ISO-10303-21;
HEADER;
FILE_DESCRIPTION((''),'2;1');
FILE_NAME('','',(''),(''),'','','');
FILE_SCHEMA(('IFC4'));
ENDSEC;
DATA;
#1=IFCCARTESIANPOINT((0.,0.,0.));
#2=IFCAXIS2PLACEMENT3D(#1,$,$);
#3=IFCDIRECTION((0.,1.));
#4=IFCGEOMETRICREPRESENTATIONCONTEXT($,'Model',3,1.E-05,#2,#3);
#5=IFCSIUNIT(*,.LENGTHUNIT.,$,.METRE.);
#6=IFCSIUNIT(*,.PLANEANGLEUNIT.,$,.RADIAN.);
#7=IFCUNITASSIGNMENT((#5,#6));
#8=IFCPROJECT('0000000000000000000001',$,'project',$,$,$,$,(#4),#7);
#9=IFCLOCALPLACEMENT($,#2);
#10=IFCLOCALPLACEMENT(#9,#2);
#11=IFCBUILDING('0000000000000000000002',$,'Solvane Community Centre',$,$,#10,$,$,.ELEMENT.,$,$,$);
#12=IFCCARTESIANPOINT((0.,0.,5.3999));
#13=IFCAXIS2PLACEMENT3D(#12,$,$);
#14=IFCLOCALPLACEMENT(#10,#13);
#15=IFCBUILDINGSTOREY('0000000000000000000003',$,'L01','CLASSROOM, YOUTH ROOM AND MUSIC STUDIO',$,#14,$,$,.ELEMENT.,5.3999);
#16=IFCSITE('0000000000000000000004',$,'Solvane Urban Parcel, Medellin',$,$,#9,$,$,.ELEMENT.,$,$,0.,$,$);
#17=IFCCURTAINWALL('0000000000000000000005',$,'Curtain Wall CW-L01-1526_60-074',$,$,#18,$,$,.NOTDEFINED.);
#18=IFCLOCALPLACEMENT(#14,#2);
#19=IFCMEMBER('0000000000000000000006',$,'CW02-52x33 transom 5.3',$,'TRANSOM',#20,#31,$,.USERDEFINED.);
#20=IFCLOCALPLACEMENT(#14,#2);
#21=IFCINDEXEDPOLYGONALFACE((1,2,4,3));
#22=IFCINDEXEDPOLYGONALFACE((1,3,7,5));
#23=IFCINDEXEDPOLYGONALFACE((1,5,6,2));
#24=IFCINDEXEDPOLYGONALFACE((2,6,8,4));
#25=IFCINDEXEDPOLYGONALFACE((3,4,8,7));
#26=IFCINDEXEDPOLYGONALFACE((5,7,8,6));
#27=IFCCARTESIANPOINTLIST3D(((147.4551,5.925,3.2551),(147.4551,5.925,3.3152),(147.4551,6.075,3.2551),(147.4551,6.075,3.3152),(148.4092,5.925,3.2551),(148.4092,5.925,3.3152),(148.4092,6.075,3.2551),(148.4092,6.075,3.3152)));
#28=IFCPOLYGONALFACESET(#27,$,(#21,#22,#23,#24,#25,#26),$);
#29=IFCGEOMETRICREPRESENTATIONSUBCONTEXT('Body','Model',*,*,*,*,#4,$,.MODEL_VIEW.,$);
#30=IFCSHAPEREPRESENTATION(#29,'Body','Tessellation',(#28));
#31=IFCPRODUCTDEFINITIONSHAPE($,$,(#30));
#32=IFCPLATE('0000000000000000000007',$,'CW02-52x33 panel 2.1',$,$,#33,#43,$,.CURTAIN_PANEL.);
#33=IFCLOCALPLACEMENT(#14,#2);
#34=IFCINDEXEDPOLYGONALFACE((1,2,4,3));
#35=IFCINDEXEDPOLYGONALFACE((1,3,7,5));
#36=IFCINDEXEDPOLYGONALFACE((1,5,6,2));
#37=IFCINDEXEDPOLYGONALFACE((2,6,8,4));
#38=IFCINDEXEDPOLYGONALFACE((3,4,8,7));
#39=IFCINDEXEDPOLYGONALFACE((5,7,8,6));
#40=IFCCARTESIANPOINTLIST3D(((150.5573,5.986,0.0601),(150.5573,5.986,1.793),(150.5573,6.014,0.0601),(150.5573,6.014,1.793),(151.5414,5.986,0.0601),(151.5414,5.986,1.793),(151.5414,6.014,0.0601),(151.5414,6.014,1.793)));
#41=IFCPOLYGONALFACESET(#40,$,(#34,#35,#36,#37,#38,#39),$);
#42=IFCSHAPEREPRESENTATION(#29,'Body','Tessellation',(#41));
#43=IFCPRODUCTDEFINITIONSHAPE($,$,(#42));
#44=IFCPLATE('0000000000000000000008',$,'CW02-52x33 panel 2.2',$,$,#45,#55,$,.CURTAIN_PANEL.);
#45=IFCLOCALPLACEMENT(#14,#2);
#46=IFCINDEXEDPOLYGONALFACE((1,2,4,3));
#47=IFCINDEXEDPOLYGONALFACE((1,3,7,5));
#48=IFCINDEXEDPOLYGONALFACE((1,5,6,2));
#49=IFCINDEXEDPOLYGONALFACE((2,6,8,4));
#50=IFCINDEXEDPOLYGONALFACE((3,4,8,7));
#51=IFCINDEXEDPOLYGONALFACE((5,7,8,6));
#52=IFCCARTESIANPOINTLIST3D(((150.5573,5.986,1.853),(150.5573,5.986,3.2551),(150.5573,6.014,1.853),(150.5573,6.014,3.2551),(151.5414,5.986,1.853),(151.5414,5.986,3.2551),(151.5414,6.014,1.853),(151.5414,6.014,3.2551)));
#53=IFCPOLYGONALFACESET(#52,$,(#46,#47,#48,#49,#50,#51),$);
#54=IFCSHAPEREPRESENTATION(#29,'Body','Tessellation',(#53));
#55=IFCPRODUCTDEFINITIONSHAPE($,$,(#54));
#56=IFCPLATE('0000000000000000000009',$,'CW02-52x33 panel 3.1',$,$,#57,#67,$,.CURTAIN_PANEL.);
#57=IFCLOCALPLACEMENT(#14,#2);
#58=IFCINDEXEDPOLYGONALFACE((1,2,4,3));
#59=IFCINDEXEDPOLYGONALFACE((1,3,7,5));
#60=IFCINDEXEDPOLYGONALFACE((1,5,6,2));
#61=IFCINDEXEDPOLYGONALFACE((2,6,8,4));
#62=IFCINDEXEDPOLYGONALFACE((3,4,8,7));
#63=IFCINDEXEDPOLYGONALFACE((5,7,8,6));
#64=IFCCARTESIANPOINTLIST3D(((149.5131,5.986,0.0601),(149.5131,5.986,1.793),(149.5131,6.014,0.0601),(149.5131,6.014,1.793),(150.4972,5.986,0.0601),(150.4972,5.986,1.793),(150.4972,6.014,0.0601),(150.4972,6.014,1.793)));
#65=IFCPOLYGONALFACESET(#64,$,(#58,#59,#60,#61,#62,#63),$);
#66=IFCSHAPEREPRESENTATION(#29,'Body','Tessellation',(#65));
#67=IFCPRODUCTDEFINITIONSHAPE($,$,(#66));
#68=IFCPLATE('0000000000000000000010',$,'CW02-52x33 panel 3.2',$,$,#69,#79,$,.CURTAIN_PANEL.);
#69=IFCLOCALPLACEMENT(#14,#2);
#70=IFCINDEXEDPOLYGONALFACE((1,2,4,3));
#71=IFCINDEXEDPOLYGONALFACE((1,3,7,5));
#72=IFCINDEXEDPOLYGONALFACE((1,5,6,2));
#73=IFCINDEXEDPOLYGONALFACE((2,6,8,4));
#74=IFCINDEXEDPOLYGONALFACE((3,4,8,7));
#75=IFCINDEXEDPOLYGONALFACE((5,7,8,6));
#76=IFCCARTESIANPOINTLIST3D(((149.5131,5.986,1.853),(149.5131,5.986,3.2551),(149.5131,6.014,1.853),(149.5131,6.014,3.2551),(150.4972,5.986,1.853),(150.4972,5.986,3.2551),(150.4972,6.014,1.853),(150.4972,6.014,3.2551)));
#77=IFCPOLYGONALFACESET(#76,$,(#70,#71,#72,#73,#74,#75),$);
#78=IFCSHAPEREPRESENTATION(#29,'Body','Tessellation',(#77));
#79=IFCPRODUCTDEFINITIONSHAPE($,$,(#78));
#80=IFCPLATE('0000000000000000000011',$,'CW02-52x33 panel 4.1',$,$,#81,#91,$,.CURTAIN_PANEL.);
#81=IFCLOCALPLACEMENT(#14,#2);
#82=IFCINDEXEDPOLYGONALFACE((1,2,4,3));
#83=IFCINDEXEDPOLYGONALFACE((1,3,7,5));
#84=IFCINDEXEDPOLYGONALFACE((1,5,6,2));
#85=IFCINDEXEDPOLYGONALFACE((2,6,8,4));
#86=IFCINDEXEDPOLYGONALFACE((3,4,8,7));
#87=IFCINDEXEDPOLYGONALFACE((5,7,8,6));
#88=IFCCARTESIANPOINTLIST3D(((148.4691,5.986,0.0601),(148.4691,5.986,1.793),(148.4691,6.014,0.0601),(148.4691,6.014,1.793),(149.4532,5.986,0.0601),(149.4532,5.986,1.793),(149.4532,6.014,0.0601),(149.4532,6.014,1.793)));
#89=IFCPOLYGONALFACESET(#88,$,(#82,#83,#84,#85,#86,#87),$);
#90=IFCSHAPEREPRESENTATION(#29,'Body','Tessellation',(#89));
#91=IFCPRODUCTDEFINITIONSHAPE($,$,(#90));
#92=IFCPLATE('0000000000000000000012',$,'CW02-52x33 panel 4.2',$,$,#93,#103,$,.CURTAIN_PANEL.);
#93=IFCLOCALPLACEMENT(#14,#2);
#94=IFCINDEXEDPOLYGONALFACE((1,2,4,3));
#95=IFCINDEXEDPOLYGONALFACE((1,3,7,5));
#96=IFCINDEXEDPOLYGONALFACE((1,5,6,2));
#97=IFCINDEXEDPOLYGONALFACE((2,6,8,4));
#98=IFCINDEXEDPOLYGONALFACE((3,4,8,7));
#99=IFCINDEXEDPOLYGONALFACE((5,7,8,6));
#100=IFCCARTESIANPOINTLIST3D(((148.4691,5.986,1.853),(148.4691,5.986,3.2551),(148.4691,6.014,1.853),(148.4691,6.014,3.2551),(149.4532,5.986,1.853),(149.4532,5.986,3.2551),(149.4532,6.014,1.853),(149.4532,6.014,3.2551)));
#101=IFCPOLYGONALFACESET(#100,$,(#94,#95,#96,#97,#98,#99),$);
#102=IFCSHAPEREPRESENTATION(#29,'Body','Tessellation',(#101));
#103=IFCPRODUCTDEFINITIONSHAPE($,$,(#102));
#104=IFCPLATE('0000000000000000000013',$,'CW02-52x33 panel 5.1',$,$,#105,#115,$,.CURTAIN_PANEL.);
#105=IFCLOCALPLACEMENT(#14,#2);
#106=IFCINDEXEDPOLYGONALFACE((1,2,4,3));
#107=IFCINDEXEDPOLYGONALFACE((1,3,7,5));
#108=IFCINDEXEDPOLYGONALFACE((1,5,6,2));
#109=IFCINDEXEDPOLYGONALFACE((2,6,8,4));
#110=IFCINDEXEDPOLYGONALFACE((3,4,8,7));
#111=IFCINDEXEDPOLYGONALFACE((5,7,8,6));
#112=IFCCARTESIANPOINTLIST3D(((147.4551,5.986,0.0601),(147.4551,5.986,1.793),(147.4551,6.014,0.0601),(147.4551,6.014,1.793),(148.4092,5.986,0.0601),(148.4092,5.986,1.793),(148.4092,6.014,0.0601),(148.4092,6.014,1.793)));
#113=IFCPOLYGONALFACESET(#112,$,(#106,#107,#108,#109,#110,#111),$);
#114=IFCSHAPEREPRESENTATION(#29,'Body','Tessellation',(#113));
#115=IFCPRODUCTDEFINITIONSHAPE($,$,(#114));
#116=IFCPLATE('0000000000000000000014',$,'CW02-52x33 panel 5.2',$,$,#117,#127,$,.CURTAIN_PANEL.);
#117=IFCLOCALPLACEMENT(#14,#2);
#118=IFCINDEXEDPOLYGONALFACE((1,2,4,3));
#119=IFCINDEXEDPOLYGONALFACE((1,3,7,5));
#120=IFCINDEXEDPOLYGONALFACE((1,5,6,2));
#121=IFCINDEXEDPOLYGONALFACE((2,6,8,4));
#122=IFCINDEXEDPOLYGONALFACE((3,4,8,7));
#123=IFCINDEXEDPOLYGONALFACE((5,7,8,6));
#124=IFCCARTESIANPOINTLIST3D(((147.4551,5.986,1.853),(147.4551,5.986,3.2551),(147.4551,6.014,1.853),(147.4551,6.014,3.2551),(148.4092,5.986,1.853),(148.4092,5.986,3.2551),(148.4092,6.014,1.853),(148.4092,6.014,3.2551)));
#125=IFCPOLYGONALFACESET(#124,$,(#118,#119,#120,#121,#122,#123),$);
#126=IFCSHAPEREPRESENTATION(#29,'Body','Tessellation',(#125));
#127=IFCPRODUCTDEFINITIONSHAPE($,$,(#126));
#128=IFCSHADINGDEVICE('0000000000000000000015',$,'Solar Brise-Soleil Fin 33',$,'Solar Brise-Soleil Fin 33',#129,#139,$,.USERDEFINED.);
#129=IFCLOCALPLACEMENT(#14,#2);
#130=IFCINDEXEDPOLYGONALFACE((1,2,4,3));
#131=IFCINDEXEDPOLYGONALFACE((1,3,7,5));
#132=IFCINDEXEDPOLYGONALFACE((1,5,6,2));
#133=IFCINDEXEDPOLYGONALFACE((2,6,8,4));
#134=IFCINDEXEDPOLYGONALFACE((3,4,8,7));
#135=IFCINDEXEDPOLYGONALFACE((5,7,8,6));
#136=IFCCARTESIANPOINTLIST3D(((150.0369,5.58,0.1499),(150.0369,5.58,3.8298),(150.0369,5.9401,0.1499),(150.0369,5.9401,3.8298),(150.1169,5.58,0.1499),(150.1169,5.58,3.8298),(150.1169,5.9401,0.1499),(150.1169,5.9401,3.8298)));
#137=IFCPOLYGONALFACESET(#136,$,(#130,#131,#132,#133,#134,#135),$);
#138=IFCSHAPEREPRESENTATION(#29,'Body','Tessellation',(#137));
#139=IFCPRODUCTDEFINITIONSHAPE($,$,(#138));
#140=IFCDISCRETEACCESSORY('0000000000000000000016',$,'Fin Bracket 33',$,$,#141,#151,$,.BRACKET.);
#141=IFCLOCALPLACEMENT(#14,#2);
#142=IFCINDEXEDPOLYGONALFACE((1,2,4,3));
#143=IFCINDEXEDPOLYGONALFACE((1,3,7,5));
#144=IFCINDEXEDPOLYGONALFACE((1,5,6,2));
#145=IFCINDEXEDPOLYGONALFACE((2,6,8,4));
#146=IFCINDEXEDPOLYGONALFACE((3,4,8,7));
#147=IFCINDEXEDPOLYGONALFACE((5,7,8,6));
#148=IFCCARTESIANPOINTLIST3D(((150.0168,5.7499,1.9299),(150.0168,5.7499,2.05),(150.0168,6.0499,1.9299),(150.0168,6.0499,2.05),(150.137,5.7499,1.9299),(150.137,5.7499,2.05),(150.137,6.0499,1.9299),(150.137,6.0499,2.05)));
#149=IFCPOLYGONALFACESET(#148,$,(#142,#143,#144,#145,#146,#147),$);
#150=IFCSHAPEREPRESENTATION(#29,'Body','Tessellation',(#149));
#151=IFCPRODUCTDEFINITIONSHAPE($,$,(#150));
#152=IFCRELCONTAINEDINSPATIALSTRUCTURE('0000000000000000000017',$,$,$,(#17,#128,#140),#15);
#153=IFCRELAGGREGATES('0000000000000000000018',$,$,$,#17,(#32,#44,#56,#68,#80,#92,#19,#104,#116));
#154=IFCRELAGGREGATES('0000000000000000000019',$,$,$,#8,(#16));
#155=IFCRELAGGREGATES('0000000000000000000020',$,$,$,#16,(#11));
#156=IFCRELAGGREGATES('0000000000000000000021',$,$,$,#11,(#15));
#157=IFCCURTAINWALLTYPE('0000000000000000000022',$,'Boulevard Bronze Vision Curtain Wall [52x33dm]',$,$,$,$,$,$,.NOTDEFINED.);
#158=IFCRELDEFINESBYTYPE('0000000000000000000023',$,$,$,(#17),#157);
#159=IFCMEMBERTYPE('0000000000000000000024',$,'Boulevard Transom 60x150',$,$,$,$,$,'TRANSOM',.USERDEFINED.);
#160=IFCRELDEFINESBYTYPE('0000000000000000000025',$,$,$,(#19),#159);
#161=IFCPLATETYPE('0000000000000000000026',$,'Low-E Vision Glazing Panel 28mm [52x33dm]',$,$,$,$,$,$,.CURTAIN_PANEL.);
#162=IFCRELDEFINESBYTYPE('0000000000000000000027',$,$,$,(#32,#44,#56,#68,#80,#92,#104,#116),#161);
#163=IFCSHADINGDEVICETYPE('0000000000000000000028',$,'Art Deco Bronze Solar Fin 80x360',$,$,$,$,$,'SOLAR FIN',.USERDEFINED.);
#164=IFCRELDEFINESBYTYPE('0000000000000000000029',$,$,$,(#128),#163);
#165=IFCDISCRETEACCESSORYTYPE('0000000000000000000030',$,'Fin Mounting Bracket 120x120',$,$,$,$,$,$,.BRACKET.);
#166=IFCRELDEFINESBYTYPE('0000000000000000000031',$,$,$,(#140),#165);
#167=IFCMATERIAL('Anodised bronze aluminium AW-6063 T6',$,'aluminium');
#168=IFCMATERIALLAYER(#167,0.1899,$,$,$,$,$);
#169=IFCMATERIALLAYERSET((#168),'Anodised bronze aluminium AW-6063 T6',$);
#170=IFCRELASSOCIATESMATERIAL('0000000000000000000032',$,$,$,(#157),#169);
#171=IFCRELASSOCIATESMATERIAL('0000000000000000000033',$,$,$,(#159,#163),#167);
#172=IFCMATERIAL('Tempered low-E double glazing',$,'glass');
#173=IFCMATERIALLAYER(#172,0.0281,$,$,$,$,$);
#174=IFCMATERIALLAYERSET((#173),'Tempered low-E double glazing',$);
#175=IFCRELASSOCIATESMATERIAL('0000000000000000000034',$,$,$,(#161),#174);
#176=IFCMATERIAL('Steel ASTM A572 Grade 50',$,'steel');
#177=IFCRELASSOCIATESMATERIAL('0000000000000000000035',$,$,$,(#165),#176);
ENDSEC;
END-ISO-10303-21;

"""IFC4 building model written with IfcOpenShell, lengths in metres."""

from ifc_helpers import new_model, si_unit, direction, frame, origin, origin_2d, place, context, subcontext, project, spatial, rectangle, extrude, material, layer, layer_set, material_profile, profile_set, type_object, element, aggregate, save


model = new_model("IFC4")

# Units and contexts
model_context = context("Model", 3, precision=1e-05, world=origin(), true_north=direction((0.0, 1.0)))
body_context = subcontext(model_context, "Body", "Model", "MODEL_VIEW")
ifc_project = project(units=[si_unit("LENGTHUNIT", "METRE"), si_unit("PLANEANGLEUNIT", "RADIAN")], contexts=[model_context])

# Site, building, storey
site_placement = place(None, origin())
site = spatial("IfcSite", under=ifc_project, at=site_placement, Name="Solvane Urban Parcel, Medellin", CompositionType="ELEMENT", RefElevation=0.0)
building_placement = place(site_placement, origin())
building = spatial("IfcBuilding", under=site, at=building_placement, Name="Solvane Community Centre", CompositionType="ELEMENT")
storey_placement = place(building_placement, frame((0.0, 0.0, 5.3999)))
storey = spatial("IfcBuildingStorey", under=building, at=storey_placement, Name="L01", Description="CLASSROOM, YOUTH ROOM AND MUSIC STUDIO", CompositionType="ELEMENT", Elevation=5.3999)

# Curtain wall, member, plates
ifc_material_1 = material(Name="Anodised bronze aluminium AW-6063 T6", Category="aluminium")
ifc_layer_1 = layer(ifc_material_1, 0.1899)
ifc_layer_set_1 = layer_set([ifc_layer_1], Name="Anodised bronze aluminium AW-6063 T6")
curtain_wall_type = type_object("IfcCurtainWallType", Name="Boulevard Bronze Vision Curtain Wall [52x33dm]", PredefinedType="NOTDEFINED", material=ifc_layer_set_1)
curtain_wall_placement = place(storey_placement, origin())
curtain_wall = element("IfcCurtainWall", 1, at=curtain_wall_placement, inside=storey, type_object=curtain_wall_type, Name="Curtain Wall CW-L01-1526_60-074", PredefinedType="NOTDEFINED")
ifc_material_profile_1 = material_profile(ifc_material_1, rectangle(XDim=0.1499, YDim=0.0601, at=origin_2d()), Name="CW-T 60x150")
ifc_profile_set_1 = profile_set([ifc_material_profile_1], Name="Anodised bronze aluminium AW-6063 T6")
member_type_1 = type_object("IfcMemberType", Name="Boulevard Transom 60x150", ElementType="TRANSOM", PredefinedType="USERDEFINED", material=ifc_profile_set_1)
member_1_placement = place(storey_placement, frame((148.4092, 6.0, 3.2852), z_axis=(-1.0, 0.0, 0.0), x_axis=(0.0, -1.0, 0.0)))
member_1 = element("IfcMember", 2, at=member_1_placement, type_object=member_type_1, Name="CW02-52x33 transom 5.3", ObjectType="TRANSOM", PredefinedType="USERDEFINED", context=body_context, shape_type="SweptSolid", body=[
    extrude(rectangle(XDim=0.1499, YDim=0.0601, at=origin_2d()), origin(), (0.0, 0.0, 1.0), 0.9541),
])
ifc_material_2 = material(Name="Tempered low-E double glazing", Category="glass")
ifc_layer_2 = layer(ifc_material_2, 0.0281)
ifc_layer_set_2 = layer_set([ifc_layer_2], Name="Tempered low-E double glazing")
plate_type = type_object("IfcPlateType", Name="Low-E Vision Glazing Panel 28mm [52x33dm]", PredefinedType="CURTAIN_PANEL", material=ifc_layer_set_2)
plate_1_placement = place(storey_placement, frame((151.0493, 6.0, 0.0601), z_axis=(0.0, 0.0, 1.0), x_axis=(-1.0, 0.0, 0.0)))
plate_1 = element("IfcPlate", 3, at=plate_1_placement, type_object=plate_type, Name="CW02-52x33 panel 2.1", PredefinedType="CURTAIN_PANEL", context=body_context, shape_type="SweptSolid", body=[
    extrude(rectangle(XDim=0.9841, YDim=0.0281, at=origin_2d()), origin(), (0.0, 0.0, 1.0), 1.7329),
])
plate_2_placement = place(storey_placement, frame((151.0493, 6.0, 1.853), z_axis=(0.0, 0.0, 1.0), x_axis=(-1.0, 0.0, 0.0)))
plate_2 = element("IfcPlate", 4, at=plate_2_placement, type_object=plate_type, Name="CW02-52x33 panel 2.2", PredefinedType="CURTAIN_PANEL", context=body_context, shape_type="SweptSolid", body=[
    extrude(rectangle(XDim=0.9841, YDim=0.0281, at=origin_2d()), origin(), (0.0, 0.0, 1.0), 1.4021),
])
plate_3_placement = place(storey_placement, frame((150.0051, 6.0, 0.0601), z_axis=(0.0, 0.0, 1.0), x_axis=(-1.0, 0.0, 0.0)))
plate_3 = element("IfcPlate", 5, at=plate_3_placement, type_object=plate_type, Name="CW02-52x33 panel 3.1", PredefinedType="CURTAIN_PANEL", context=body_context, shape_type="SweptSolid", body=[
    extrude(rectangle(XDim=0.9841, YDim=0.0281, at=origin_2d()), origin(), (0.0, 0.0, 1.0), 1.7329),
])
plate_4_placement = place(storey_placement, frame((150.0051, 6.0, 1.853), z_axis=(0.0, 0.0, 1.0), x_axis=(-1.0, 0.0, 0.0)))
plate_4 = element("IfcPlate", 6, at=plate_4_placement, type_object=plate_type, Name="CW02-52x33 panel 3.2", PredefinedType="CURTAIN_PANEL", context=body_context, shape_type="SweptSolid", body=[
    extrude(rectangle(XDim=0.9841, YDim=0.0281, at=origin_2d()), origin(), (0.0, 0.0, 1.0), 1.4021),
])
plate_5_placement = place(storey_placement, frame((148.9612, 6.0, 0.0601), z_axis=(0.0, 0.0, 1.0), x_axis=(-1.0, 0.0, 0.0)))
plate_5 = element("IfcPlate", 7, at=plate_5_placement, type_object=plate_type, Name="CW02-52x33 panel 4.1", PredefinedType="CURTAIN_PANEL", context=body_context, shape_type="SweptSolid", body=[
    extrude(rectangle(XDim=0.9841, YDim=0.0281, at=origin_2d()), origin(), (0.0, 0.0, 1.0), 1.7329),
])
plate_6_placement = place(storey_placement, frame((148.9612, 6.0, 1.853), z_axis=(0.0, 0.0, 1.0), x_axis=(-1.0, 0.0, 0.0)))
plate_6 = element("IfcPlate", 8, at=plate_6_placement, type_object=plate_type, Name="CW02-52x33 panel 4.2", PredefinedType="CURTAIN_PANEL", context=body_context, shape_type="SweptSolid", body=[
    extrude(rectangle(XDim=0.9841, YDim=0.0281, at=origin_2d()), origin(), (0.0, 0.0, 1.0), 1.4021),
])
plate_7_placement = place(storey_placement, frame((147.9321, 6.0, 0.0601), z_axis=(0.0, 0.0, 1.0), x_axis=(-1.0, 0.0, 0.0)))
plate_7 = element("IfcPlate", 9, at=plate_7_placement, type_object=plate_type, Name="CW02-52x33 panel 5.1", PredefinedType="CURTAIN_PANEL", context=body_context, shape_type="SweptSolid", body=[
    extrude(rectangle(XDim=0.9541, YDim=0.0281, at=origin_2d()), origin(), (0.0, 0.0, 1.0), 1.7329),
])
plate_8_placement = place(storey_placement, frame((147.9321, 6.0, 1.853), z_axis=(0.0, 0.0, 1.0), x_axis=(-1.0, 0.0, 0.0)))
plate_8 = element("IfcPlate", 10, at=plate_8_placement, type_object=plate_type, Name="CW02-52x33 panel 5.2", PredefinedType="CURTAIN_PANEL", context=body_context, shape_type="SweptSolid", body=[
    extrude(rectangle(XDim=0.9541, YDim=0.0281, at=origin_2d()), origin(), (0.0, 0.0, 1.0), 1.4021),
])
aggregate(curtain_wall, [plate_1, plate_2, plate_3, plate_4, plate_5, plate_6, member_1, plate_7, plate_8])

# Shading device
shading_device_type = type_object("IfcShadingDeviceType", Name="Art Deco Bronze Solar Fin 80x360", ElementType="SOLAR FIN", PredefinedType="USERDEFINED", material=ifc_material_1)
shading_device_placement = place(storey_placement, frame((150.0769, 5.76, 0.1499), z_axis=(0.0, 0.0, 1.0), x_axis=(-1.0, 0.0, 0.0)))
element("IfcShadingDevice", 11, at=shading_device_placement, inside=storey, type_object=shading_device_type, Name="Solar Brise-Soleil Fin 33", ObjectType="Solar Brise-Soleil Fin 33", PredefinedType="USERDEFINED", context=body_context, shape_type="SweptSolid", body=[
    extrude(rectangle(XDim=0.0801, YDim=0.3601, at=origin_2d()), origin(), (0.0, 0.0, 1.0), 3.6799),
])

# Discrete accessory
ifc_material_3 = material(Name="Steel ASTM A572 Grade 50", Category="steel")
discrete_accessory_type = type_object("IfcDiscreteAccessoryType", Name="Fin Mounting Bracket 120x120", PredefinedType="BRACKET", material=ifc_material_3)
discrete_accessory_placement = place(storey_placement, frame((150.0769, 5.8999, 1.9299), z_axis=(0.0, 0.0, 1.0), x_axis=(-1.0, 0.0, 0.0)))
element("IfcDiscreteAccessory", 12, at=discrete_accessory_placement, inside=storey, type_object=discrete_accessory_type, Name="Fin Bracket 33", PredefinedType="BRACKET", context=body_context, shape_type="SweptSolid", body=[
    extrude(rectangle(XDim=0.1201, YDim=0.3, at=origin_2d()), origin(), (0.0, 0.0, 1.0), 0.1201),
])

save(model, "model.ifc")
